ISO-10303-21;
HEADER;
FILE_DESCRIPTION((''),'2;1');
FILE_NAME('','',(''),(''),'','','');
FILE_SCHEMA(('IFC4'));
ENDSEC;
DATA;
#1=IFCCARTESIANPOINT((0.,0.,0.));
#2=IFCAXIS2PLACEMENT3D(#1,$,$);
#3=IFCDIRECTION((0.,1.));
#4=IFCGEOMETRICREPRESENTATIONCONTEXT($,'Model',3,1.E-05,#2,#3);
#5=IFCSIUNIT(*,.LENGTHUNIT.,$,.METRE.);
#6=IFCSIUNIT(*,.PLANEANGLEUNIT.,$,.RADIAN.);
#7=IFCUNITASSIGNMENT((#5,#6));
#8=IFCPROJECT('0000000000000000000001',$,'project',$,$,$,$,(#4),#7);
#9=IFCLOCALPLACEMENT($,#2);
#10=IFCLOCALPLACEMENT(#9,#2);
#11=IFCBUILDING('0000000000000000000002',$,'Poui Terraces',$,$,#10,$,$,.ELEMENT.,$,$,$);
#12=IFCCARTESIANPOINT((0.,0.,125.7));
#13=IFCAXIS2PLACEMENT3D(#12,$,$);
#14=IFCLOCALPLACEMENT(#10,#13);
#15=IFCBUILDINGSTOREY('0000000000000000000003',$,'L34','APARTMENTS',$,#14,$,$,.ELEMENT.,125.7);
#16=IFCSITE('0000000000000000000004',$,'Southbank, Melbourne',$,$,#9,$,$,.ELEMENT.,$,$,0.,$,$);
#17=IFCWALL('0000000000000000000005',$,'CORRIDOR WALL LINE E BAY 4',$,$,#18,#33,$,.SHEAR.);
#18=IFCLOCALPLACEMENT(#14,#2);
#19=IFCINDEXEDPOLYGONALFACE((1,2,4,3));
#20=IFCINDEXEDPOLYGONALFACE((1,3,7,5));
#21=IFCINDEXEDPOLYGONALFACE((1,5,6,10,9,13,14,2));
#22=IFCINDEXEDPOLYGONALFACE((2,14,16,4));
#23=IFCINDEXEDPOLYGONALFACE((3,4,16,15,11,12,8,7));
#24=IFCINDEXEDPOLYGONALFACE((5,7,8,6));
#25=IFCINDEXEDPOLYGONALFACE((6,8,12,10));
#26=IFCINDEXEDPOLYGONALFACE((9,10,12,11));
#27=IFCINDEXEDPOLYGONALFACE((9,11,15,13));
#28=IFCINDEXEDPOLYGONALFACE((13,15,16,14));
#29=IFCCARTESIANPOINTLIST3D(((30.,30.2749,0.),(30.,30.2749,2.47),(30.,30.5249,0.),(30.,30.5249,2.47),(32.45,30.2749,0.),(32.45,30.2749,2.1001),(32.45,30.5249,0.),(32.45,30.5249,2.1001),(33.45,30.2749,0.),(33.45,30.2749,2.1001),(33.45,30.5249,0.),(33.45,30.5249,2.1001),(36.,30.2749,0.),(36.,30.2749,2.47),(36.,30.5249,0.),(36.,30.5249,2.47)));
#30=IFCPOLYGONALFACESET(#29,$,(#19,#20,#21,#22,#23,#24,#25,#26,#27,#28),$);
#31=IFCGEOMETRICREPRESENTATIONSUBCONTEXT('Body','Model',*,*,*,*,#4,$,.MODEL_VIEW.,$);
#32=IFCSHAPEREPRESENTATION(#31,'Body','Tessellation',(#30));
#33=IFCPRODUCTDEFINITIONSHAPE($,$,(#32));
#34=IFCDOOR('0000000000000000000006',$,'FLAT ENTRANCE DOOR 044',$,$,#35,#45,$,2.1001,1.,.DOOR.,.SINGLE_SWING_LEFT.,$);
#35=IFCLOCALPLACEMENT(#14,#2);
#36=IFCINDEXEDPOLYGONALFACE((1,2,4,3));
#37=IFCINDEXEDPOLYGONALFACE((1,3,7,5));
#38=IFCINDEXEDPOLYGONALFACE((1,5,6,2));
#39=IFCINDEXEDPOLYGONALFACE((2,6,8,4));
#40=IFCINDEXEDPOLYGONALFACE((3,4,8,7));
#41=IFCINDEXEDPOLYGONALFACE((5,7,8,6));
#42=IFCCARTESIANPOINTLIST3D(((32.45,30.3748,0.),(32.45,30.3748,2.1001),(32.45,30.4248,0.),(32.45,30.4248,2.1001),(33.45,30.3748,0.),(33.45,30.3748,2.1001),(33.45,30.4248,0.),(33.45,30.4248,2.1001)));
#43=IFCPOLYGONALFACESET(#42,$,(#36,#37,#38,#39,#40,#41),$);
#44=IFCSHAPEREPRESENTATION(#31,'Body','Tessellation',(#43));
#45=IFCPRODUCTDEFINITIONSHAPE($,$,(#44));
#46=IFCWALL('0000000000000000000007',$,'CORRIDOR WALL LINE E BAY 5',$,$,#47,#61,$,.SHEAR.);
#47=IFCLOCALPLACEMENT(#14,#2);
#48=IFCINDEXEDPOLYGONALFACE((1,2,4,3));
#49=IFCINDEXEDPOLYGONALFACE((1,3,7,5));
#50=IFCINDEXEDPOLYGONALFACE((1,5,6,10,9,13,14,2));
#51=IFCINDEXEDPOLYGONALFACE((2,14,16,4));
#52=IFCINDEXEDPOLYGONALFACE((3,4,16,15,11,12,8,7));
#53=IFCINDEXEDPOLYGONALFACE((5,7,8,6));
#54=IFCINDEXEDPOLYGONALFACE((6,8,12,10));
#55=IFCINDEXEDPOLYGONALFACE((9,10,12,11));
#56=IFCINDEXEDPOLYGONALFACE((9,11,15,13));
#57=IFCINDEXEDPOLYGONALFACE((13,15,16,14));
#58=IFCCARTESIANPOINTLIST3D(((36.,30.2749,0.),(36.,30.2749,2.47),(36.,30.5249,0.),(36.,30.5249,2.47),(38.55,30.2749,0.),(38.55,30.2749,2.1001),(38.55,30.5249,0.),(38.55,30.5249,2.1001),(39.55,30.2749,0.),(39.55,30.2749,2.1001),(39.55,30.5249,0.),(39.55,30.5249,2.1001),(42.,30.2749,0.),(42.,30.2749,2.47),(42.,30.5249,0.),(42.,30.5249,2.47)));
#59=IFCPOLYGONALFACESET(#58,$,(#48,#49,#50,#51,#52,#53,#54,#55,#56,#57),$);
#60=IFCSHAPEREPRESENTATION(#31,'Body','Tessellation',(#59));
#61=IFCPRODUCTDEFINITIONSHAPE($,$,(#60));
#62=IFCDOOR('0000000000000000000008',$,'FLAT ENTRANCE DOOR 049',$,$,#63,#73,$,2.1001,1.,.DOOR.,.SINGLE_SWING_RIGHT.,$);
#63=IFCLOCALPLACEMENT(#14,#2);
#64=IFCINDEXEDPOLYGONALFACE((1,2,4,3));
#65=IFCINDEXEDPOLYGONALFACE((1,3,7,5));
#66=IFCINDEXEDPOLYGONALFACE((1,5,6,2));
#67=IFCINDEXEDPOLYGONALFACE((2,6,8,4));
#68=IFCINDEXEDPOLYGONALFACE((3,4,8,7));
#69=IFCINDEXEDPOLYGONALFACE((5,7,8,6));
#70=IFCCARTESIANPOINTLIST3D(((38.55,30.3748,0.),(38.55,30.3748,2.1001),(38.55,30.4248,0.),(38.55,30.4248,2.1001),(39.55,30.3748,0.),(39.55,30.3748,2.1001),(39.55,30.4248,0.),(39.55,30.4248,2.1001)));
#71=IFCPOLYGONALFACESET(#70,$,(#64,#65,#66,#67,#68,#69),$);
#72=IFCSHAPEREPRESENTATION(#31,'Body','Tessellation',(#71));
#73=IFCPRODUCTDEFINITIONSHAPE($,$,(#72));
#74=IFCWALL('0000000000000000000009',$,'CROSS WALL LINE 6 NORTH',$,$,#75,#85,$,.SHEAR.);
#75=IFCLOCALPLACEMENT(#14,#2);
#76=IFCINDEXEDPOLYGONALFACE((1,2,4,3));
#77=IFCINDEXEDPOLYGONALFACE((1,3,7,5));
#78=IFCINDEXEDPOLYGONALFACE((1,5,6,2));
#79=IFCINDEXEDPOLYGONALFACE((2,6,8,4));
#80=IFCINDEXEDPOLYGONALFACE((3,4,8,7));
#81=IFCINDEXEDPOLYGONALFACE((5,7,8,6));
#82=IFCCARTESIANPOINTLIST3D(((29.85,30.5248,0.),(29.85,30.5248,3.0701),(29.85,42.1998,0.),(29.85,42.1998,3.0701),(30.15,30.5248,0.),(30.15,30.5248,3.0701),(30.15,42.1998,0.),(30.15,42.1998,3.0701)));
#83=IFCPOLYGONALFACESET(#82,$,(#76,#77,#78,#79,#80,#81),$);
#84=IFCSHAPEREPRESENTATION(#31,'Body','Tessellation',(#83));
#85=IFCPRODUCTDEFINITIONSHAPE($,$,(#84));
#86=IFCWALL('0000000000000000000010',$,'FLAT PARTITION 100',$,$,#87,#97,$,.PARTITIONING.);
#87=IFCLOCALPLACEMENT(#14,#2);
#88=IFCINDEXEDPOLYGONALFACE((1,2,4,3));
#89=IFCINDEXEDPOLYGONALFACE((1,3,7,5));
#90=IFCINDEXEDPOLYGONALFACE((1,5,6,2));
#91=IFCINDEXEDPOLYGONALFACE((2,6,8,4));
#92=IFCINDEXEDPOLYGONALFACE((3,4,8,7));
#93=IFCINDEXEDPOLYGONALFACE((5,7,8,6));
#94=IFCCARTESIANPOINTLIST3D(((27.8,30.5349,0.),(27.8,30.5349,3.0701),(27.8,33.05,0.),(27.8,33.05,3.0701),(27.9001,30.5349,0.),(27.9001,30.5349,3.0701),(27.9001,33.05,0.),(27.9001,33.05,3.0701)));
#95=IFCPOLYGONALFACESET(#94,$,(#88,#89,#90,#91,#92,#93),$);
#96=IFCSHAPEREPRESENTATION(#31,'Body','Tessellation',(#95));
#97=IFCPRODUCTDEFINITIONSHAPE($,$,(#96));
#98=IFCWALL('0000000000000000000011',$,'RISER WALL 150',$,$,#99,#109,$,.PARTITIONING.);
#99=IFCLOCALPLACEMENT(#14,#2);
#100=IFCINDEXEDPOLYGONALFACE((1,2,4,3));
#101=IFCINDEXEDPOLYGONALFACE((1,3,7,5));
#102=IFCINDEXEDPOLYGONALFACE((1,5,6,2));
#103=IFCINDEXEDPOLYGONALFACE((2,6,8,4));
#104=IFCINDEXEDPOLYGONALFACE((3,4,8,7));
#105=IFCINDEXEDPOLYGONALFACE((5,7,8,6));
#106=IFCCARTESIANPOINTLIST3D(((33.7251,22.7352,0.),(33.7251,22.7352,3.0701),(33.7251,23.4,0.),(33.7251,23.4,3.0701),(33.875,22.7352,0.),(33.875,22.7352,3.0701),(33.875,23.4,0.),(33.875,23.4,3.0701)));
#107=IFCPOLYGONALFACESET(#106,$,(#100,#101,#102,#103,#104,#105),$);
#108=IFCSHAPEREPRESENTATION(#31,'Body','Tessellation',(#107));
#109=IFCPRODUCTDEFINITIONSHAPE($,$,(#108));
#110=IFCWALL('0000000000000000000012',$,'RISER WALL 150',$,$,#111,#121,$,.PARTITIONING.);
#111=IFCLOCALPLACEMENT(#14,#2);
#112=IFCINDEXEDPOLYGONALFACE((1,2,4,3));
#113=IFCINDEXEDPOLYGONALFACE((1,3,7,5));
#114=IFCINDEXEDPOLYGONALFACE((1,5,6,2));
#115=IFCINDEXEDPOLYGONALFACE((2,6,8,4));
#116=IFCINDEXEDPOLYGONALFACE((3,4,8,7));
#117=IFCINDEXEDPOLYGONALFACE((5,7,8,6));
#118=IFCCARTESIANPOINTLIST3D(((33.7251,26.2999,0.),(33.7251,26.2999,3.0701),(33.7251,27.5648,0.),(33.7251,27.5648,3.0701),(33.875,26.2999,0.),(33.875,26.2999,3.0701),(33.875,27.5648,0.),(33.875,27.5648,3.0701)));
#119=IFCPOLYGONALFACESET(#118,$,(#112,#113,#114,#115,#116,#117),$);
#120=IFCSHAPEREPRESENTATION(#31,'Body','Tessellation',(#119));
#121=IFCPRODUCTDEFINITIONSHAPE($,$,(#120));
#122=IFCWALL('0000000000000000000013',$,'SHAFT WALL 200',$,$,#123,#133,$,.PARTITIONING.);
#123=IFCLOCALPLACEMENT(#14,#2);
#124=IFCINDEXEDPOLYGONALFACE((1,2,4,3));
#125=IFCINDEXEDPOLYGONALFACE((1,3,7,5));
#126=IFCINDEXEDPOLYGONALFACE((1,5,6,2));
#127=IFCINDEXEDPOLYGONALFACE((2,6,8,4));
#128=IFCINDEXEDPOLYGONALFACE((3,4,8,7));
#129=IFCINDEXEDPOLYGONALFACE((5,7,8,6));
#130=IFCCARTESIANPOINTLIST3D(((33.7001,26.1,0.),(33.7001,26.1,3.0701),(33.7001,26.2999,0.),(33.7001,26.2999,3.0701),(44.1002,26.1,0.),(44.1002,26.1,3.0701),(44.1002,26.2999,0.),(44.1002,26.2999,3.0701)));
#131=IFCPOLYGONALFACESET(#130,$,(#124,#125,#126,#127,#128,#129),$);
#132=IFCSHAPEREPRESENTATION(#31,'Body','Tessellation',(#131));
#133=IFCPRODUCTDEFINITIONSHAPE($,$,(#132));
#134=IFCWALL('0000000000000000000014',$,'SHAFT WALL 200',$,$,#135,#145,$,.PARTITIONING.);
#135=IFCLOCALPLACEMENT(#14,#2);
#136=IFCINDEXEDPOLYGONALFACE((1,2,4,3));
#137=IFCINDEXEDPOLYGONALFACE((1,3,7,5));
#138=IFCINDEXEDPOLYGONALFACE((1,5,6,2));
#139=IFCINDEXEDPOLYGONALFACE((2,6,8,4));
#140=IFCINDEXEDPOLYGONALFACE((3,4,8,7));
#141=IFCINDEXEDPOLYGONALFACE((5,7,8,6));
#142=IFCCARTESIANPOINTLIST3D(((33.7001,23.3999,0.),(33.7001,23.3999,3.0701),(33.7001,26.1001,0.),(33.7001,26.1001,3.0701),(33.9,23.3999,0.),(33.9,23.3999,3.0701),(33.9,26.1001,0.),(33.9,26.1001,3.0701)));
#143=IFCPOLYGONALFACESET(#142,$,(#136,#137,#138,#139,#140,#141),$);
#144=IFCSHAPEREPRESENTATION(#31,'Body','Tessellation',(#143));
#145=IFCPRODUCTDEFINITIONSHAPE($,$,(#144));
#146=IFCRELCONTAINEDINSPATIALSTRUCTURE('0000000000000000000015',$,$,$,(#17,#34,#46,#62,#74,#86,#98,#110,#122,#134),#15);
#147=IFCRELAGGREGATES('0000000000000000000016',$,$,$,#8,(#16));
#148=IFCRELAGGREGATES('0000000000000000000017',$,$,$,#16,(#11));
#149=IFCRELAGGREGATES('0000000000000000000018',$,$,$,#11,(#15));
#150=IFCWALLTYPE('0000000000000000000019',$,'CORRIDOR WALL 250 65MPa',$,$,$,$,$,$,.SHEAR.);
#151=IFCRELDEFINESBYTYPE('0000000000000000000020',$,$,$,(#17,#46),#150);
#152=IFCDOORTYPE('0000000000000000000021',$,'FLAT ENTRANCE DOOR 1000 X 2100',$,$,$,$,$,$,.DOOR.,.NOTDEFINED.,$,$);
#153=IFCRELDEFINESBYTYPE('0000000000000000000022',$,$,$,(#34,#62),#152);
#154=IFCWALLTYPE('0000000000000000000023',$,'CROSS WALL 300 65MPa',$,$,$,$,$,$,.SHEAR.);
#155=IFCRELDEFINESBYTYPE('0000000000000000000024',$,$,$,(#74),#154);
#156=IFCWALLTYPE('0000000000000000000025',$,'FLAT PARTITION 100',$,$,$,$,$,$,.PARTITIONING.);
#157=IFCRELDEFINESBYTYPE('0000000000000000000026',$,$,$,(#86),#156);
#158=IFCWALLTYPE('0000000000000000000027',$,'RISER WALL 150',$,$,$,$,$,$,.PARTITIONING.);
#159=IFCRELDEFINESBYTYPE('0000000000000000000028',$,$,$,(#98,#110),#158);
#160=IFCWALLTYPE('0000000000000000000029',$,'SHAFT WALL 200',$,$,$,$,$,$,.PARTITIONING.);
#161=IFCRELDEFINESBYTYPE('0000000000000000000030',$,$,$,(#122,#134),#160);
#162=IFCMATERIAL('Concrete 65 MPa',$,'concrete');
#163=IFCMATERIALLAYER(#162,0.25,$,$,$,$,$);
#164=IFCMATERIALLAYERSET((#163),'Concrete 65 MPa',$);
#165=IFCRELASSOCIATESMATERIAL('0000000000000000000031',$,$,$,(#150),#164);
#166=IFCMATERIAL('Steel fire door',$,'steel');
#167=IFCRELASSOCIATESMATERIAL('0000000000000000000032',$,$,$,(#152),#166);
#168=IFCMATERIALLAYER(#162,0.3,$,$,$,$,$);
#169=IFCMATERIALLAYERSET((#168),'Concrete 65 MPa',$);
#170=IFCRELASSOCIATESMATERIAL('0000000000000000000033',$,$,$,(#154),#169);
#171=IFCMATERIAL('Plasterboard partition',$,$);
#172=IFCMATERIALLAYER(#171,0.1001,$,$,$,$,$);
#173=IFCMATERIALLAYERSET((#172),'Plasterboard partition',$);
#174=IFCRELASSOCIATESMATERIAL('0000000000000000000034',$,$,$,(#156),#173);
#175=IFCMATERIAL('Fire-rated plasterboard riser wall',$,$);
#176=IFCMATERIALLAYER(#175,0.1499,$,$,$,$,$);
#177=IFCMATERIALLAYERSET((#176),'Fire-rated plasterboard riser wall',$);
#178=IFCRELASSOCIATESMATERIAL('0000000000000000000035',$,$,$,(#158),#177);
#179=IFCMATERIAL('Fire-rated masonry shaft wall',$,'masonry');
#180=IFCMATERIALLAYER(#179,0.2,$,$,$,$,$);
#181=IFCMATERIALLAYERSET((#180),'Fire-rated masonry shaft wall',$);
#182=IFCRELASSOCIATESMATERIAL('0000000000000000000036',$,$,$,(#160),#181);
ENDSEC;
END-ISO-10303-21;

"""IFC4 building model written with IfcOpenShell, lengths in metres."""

from ifc_helpers import new_model, si_unit, direction, frame, frame_2d, origin, place, context, subcontext, project, spatial, rectangle, extrude, material, layer, layer_set, type_object, element, fill, save


model = new_model("IFC4")

# Units and contexts
model_context = context("Model", 3, precision=1e-05, world=origin(), true_north=direction((0.0, 1.0)))
body_context = subcontext(model_context, "Body", "Model", "MODEL_VIEW")
ifc_project = project(units=[si_unit("LENGTHUNIT", "METRE"), si_unit("PLANEANGLEUNIT", "RADIAN")], contexts=[model_context])

# Site, building, storey
site_placement = place(None, origin())
site = spatial("IfcSite", under=ifc_project, at=site_placement, Name="Southbank, Melbourne", CompositionType="ELEMENT", RefElevation=0.0)
building_placement = place(site_placement, origin())
building = spatial("IfcBuilding", under=site, at=building_placement, Name="Poui Terraces", CompositionType="ELEMENT")
storey_placement = place(building_placement, frame((0.0, 0.0, 125.7)))
storey = spatial("IfcBuildingStorey", under=building, at=storey_placement, Name="L34", Description="APARTMENTS", CompositionType="ELEMENT", Elevation=125.7)

# Shared definitions
ifc_material_1 = material(Name="Concrete 65 MPa", Category="concrete")

# Shared definitions
ifc_material_2 = material(Name="Steel fire door", Category="steel")

# Walls, openings, doors
ifc_layer_1 = layer(ifc_material_1, 0.25)
ifc_layer_set_1 = layer_set([ifc_layer_1], Name="Concrete 65 MPa")
wall_type_1 = type_object("IfcWallType", Name="CORRIDOR WALL 250 65MPa", PredefinedType="SHEAR", material=ifc_layer_set_1)
wall_1_placement = place(storey_placement, frame((30.0, 30.3999, 0.0), z_axis=(0.0, 0.0, 1.0), x_axis=(1.0, 0.0, 0.0)))
wall_1 = element("IfcWall", 1, at=wall_1_placement, inside=storey, type_object=wall_type_1, Name="CORRIDOR WALL LINE E BAY 4", PredefinedType="SHEAR", context=body_context, shape_type="SweptSolid", body=[
    extrude(rectangle(XDim=6.0, YDim=0.25, at=frame_2d((3.0, 0.0))), origin(), (0.0, 0.0, 1.0), 2.47),
])
opening_1_placement = place(wall_1_placement, frame((2.45, 0.0, 0.0)))
opening_1 = element("IfcOpeningElement", 2, at=opening_1_placement, cuts=wall_1, PredefinedType="OPENING", context=body_context, shape_type="SweptSolid", body=[
    extrude(rectangle(XDim=1.0, YDim=2.1001, at=frame_2d((0.5, 1.05))), frame((0.0, 0.135, 0.0), z_axis=(0.0, -1.0, 0.0), x_axis=(1.0, 0.0, 0.0)), (0.0, 0.0, 1.0), 0.27),
])
door_type_1 = type_object("IfcDoorType", Name="FLAT ENTRANCE DOOR 1000 X 2100", OperationType="NOTDEFINED", PredefinedType="DOOR", material=ifc_material_2)
door_1_placement = place(opening_1_placement, origin())
door_1 = element("IfcDoor", 3, at=door_1_placement, inside=storey, type_object=door_type_1, Name="FLAT ENTRANCE DOOR 044", OperationType="SINGLE_SWING_LEFT", OverallHeight=2.1001, OverallWidth=1.0, PredefinedType="DOOR", context=body_context, shape_type="SweptSolid", body=[
    extrude(rectangle(XDim=1.0, YDim=2.1001, at=frame_2d((0.5, 1.05))), frame((0.0, 0.0249, 0.0), z_axis=(0.0, -1.0, 0.0), x_axis=(1.0, 0.0, 0.0)), (0.0, 0.0, 1.0), 0.05),
])
fill(opening_1, door_1)
wall_2_placement = place(storey_placement, frame((36.0, 30.3999, 0.0), z_axis=(0.0, 0.0, 1.0), x_axis=(1.0, 0.0, 0.0)))
wall_2 = element("IfcWall", 4, at=wall_2_placement, inside=storey, type_object=wall_type_1, Name="CORRIDOR WALL LINE E BAY 5", PredefinedType="SHEAR", context=body_context, shape_type="SweptSolid", body=[
    extrude(rectangle(XDim=6.0, YDim=0.25, at=frame_2d((3.0, 0.0))), origin(), (0.0, 0.0, 1.0), 2.47),
])
opening_2_placement = place(wall_2_placement, frame((2.55, 0.0, 0.0)))
opening_2 = element("IfcOpeningElement", 5, at=opening_2_placement, cuts=wall_2, PredefinedType="OPENING", context=body_context, shape_type="SweptSolid", body=[
    extrude(rectangle(XDim=1.0, YDim=2.1001, at=frame_2d((0.5, 1.05))), frame((0.0, 0.135, 0.0), z_axis=(0.0, -1.0, 0.0), x_axis=(1.0, 0.0, 0.0)), (0.0, 0.0, 1.0), 0.27),
])
door_2_placement = place(opening_2_placement, origin())
door_2 = element("IfcDoor", 6, at=door_2_placement, inside=storey, type_object=door_type_1, Name="FLAT ENTRANCE DOOR 049", OperationType="SINGLE_SWING_RIGHT", OverallHeight=2.1001, OverallWidth=1.0, PredefinedType="DOOR", context=body_context, shape_type="SweptSolid", body=[
    extrude(rectangle(XDim=1.0, YDim=2.1001, at=frame_2d((0.5, 1.05))), frame((0.0, 0.0249, 0.0), z_axis=(0.0, -1.0, 0.0), x_axis=(1.0, 0.0, 0.0)), (0.0, 0.0, 1.0), 0.05),
])
fill(opening_2, door_2)

# Walls
ifc_layer_2 = layer(ifc_material_1, 0.3)
ifc_layer_set_2 = layer_set([ifc_layer_2], Name="Concrete 65 MPa")
wall_type_2 = type_object("IfcWallType", Name="CROSS WALL 300 65MPa", PredefinedType="SHEAR", material=ifc_layer_set_2)
wall_3_placement = place(storey_placement, frame((30.0, 30.5249, 0.0), z_axis=(0.0, 0.0, 1.0), x_axis=(0.0, 1.0, 0.0)))
element("IfcWall", 7, at=wall_3_placement, inside=storey, type_object=wall_type_2, Name="CROSS WALL LINE 6 NORTH", PredefinedType="SHEAR", context=body_context, shape_type="SweptSolid", body=[
    extrude(rectangle(XDim=11.675, YDim=0.3, at=frame_2d((5.8374, 0.0))), origin(), (0.0, 0.0, 1.0), 3.0701),
])
ifc_material_3 = material(Name="Plasterboard partition")
ifc_layer_3 = layer(ifc_material_3, 0.1001)
ifc_layer_set_3 = layer_set([ifc_layer_3], Name="Plasterboard partition")
wall_type_3 = type_object("IfcWallType", Name="FLAT PARTITION 100", PredefinedType="PARTITIONING", material=ifc_layer_set_3)
wall_4_placement = place(storey_placement, frame((27.8501, 30.5349, 0.0), z_axis=(0.0, 0.0, 1.0), x_axis=(0.0, 1.0, 0.0)))
element("IfcWall", 8, at=wall_4_placement, inside=storey, type_object=wall_type_3, Name="FLAT PARTITION 100", PredefinedType="PARTITIONING", context=body_context, shape_type="SweptSolid", body=[
    extrude(rectangle(XDim=2.5151, YDim=0.1001, at=frame_2d((1.2576, 0.0))), origin(), (0.0, 0.0, 1.0), 3.0701),
])
ifc_material_4 = material(Name="Fire-rated plasterboard riser wall")
ifc_layer_4 = layer(ifc_material_4, 0.1499)
ifc_layer_set_4 = layer_set([ifc_layer_4], Name="Fire-rated plasterboard riser wall")
wall_type_4 = type_object("IfcWallType", Name="RISER WALL 150", PredefinedType="PARTITIONING", material=ifc_layer_set_4)
wall_5_placement = place(storey_placement, frame((33.8, 22.7351, 0.0), z_axis=(0.0, 0.0, 1.0), x_axis=(0.0, 1.0, 0.0)))
element("IfcWall", 9, at=wall_5_placement, inside=storey, type_object=wall_type_4, Name="RISER WALL 150", PredefinedType="PARTITIONING", context=body_context, shape_type="SweptSolid", body=[
    extrude(rectangle(XDim=0.6648, YDim=0.1499, at=frame_2d((0.3325, 0.0))), origin(), (0.0, 0.0, 1.0), 3.0701),
])
wall_6_placement = place(storey_placement, frame((33.8, 26.3, 0.0), z_axis=(0.0, 0.0, 1.0), x_axis=(0.0, 1.0, 0.0)))
element("IfcWall", 10, at=wall_6_placement, inside=storey, type_object=wall_type_4, Name="RISER WALL 150", PredefinedType="PARTITIONING", context=body_context, shape_type="SweptSolid", body=[
    extrude(rectangle(XDim=1.2649, YDim=0.1499, at=frame_2d((0.6323, 0.0))), origin(), (0.0, 0.0, 1.0), 3.0701),
])
ifc_material_5 = material(Name="Fire-rated masonry shaft wall", Category="masonry")
ifc_layer_5 = layer(ifc_material_5, 0.2)
ifc_layer_set_5 = layer_set([ifc_layer_5], Name="Fire-rated masonry shaft wall")
wall_type_5 = type_object("IfcWallType", Name="SHAFT WALL 200", PredefinedType="PARTITIONING", material=ifc_layer_set_5)
wall_7_placement = place(storey_placement, frame((33.7, 26.2, 0.0), z_axis=(0.0, 0.0, 1.0), x_axis=(1.0, 0.0, 0.0)))
element("IfcWall", 11, at=wall_7_placement, inside=storey, type_object=wall_type_5, Name="SHAFT WALL 200", PredefinedType="PARTITIONING", context=body_context, shape_type="SweptSolid", body=[
    extrude(rectangle(XDim=10.4001, YDim=0.2, at=frame_2d((5.2002, 0.0))), origin(), (0.0, 0.0, 1.0), 3.0701),
])
wall_8_placement = place(storey_placement, frame((33.8, 23.3999, 0.0), z_axis=(0.0, 0.0, 1.0), x_axis=(0.0, 1.0, 0.0)))
element("IfcWall", 12, at=wall_8_placement, inside=storey, type_object=wall_type_5, Name="SHAFT WALL 200", PredefinedType="PARTITIONING", context=body_context, shape_type="SweptSolid", body=[
    extrude(rectangle(XDim=2.7002, YDim=0.2, at=frame_2d((1.3501, 0.0))), origin(), (0.0, 0.0, 1.0), 3.0701),
])

save(model, "model.ifc")
